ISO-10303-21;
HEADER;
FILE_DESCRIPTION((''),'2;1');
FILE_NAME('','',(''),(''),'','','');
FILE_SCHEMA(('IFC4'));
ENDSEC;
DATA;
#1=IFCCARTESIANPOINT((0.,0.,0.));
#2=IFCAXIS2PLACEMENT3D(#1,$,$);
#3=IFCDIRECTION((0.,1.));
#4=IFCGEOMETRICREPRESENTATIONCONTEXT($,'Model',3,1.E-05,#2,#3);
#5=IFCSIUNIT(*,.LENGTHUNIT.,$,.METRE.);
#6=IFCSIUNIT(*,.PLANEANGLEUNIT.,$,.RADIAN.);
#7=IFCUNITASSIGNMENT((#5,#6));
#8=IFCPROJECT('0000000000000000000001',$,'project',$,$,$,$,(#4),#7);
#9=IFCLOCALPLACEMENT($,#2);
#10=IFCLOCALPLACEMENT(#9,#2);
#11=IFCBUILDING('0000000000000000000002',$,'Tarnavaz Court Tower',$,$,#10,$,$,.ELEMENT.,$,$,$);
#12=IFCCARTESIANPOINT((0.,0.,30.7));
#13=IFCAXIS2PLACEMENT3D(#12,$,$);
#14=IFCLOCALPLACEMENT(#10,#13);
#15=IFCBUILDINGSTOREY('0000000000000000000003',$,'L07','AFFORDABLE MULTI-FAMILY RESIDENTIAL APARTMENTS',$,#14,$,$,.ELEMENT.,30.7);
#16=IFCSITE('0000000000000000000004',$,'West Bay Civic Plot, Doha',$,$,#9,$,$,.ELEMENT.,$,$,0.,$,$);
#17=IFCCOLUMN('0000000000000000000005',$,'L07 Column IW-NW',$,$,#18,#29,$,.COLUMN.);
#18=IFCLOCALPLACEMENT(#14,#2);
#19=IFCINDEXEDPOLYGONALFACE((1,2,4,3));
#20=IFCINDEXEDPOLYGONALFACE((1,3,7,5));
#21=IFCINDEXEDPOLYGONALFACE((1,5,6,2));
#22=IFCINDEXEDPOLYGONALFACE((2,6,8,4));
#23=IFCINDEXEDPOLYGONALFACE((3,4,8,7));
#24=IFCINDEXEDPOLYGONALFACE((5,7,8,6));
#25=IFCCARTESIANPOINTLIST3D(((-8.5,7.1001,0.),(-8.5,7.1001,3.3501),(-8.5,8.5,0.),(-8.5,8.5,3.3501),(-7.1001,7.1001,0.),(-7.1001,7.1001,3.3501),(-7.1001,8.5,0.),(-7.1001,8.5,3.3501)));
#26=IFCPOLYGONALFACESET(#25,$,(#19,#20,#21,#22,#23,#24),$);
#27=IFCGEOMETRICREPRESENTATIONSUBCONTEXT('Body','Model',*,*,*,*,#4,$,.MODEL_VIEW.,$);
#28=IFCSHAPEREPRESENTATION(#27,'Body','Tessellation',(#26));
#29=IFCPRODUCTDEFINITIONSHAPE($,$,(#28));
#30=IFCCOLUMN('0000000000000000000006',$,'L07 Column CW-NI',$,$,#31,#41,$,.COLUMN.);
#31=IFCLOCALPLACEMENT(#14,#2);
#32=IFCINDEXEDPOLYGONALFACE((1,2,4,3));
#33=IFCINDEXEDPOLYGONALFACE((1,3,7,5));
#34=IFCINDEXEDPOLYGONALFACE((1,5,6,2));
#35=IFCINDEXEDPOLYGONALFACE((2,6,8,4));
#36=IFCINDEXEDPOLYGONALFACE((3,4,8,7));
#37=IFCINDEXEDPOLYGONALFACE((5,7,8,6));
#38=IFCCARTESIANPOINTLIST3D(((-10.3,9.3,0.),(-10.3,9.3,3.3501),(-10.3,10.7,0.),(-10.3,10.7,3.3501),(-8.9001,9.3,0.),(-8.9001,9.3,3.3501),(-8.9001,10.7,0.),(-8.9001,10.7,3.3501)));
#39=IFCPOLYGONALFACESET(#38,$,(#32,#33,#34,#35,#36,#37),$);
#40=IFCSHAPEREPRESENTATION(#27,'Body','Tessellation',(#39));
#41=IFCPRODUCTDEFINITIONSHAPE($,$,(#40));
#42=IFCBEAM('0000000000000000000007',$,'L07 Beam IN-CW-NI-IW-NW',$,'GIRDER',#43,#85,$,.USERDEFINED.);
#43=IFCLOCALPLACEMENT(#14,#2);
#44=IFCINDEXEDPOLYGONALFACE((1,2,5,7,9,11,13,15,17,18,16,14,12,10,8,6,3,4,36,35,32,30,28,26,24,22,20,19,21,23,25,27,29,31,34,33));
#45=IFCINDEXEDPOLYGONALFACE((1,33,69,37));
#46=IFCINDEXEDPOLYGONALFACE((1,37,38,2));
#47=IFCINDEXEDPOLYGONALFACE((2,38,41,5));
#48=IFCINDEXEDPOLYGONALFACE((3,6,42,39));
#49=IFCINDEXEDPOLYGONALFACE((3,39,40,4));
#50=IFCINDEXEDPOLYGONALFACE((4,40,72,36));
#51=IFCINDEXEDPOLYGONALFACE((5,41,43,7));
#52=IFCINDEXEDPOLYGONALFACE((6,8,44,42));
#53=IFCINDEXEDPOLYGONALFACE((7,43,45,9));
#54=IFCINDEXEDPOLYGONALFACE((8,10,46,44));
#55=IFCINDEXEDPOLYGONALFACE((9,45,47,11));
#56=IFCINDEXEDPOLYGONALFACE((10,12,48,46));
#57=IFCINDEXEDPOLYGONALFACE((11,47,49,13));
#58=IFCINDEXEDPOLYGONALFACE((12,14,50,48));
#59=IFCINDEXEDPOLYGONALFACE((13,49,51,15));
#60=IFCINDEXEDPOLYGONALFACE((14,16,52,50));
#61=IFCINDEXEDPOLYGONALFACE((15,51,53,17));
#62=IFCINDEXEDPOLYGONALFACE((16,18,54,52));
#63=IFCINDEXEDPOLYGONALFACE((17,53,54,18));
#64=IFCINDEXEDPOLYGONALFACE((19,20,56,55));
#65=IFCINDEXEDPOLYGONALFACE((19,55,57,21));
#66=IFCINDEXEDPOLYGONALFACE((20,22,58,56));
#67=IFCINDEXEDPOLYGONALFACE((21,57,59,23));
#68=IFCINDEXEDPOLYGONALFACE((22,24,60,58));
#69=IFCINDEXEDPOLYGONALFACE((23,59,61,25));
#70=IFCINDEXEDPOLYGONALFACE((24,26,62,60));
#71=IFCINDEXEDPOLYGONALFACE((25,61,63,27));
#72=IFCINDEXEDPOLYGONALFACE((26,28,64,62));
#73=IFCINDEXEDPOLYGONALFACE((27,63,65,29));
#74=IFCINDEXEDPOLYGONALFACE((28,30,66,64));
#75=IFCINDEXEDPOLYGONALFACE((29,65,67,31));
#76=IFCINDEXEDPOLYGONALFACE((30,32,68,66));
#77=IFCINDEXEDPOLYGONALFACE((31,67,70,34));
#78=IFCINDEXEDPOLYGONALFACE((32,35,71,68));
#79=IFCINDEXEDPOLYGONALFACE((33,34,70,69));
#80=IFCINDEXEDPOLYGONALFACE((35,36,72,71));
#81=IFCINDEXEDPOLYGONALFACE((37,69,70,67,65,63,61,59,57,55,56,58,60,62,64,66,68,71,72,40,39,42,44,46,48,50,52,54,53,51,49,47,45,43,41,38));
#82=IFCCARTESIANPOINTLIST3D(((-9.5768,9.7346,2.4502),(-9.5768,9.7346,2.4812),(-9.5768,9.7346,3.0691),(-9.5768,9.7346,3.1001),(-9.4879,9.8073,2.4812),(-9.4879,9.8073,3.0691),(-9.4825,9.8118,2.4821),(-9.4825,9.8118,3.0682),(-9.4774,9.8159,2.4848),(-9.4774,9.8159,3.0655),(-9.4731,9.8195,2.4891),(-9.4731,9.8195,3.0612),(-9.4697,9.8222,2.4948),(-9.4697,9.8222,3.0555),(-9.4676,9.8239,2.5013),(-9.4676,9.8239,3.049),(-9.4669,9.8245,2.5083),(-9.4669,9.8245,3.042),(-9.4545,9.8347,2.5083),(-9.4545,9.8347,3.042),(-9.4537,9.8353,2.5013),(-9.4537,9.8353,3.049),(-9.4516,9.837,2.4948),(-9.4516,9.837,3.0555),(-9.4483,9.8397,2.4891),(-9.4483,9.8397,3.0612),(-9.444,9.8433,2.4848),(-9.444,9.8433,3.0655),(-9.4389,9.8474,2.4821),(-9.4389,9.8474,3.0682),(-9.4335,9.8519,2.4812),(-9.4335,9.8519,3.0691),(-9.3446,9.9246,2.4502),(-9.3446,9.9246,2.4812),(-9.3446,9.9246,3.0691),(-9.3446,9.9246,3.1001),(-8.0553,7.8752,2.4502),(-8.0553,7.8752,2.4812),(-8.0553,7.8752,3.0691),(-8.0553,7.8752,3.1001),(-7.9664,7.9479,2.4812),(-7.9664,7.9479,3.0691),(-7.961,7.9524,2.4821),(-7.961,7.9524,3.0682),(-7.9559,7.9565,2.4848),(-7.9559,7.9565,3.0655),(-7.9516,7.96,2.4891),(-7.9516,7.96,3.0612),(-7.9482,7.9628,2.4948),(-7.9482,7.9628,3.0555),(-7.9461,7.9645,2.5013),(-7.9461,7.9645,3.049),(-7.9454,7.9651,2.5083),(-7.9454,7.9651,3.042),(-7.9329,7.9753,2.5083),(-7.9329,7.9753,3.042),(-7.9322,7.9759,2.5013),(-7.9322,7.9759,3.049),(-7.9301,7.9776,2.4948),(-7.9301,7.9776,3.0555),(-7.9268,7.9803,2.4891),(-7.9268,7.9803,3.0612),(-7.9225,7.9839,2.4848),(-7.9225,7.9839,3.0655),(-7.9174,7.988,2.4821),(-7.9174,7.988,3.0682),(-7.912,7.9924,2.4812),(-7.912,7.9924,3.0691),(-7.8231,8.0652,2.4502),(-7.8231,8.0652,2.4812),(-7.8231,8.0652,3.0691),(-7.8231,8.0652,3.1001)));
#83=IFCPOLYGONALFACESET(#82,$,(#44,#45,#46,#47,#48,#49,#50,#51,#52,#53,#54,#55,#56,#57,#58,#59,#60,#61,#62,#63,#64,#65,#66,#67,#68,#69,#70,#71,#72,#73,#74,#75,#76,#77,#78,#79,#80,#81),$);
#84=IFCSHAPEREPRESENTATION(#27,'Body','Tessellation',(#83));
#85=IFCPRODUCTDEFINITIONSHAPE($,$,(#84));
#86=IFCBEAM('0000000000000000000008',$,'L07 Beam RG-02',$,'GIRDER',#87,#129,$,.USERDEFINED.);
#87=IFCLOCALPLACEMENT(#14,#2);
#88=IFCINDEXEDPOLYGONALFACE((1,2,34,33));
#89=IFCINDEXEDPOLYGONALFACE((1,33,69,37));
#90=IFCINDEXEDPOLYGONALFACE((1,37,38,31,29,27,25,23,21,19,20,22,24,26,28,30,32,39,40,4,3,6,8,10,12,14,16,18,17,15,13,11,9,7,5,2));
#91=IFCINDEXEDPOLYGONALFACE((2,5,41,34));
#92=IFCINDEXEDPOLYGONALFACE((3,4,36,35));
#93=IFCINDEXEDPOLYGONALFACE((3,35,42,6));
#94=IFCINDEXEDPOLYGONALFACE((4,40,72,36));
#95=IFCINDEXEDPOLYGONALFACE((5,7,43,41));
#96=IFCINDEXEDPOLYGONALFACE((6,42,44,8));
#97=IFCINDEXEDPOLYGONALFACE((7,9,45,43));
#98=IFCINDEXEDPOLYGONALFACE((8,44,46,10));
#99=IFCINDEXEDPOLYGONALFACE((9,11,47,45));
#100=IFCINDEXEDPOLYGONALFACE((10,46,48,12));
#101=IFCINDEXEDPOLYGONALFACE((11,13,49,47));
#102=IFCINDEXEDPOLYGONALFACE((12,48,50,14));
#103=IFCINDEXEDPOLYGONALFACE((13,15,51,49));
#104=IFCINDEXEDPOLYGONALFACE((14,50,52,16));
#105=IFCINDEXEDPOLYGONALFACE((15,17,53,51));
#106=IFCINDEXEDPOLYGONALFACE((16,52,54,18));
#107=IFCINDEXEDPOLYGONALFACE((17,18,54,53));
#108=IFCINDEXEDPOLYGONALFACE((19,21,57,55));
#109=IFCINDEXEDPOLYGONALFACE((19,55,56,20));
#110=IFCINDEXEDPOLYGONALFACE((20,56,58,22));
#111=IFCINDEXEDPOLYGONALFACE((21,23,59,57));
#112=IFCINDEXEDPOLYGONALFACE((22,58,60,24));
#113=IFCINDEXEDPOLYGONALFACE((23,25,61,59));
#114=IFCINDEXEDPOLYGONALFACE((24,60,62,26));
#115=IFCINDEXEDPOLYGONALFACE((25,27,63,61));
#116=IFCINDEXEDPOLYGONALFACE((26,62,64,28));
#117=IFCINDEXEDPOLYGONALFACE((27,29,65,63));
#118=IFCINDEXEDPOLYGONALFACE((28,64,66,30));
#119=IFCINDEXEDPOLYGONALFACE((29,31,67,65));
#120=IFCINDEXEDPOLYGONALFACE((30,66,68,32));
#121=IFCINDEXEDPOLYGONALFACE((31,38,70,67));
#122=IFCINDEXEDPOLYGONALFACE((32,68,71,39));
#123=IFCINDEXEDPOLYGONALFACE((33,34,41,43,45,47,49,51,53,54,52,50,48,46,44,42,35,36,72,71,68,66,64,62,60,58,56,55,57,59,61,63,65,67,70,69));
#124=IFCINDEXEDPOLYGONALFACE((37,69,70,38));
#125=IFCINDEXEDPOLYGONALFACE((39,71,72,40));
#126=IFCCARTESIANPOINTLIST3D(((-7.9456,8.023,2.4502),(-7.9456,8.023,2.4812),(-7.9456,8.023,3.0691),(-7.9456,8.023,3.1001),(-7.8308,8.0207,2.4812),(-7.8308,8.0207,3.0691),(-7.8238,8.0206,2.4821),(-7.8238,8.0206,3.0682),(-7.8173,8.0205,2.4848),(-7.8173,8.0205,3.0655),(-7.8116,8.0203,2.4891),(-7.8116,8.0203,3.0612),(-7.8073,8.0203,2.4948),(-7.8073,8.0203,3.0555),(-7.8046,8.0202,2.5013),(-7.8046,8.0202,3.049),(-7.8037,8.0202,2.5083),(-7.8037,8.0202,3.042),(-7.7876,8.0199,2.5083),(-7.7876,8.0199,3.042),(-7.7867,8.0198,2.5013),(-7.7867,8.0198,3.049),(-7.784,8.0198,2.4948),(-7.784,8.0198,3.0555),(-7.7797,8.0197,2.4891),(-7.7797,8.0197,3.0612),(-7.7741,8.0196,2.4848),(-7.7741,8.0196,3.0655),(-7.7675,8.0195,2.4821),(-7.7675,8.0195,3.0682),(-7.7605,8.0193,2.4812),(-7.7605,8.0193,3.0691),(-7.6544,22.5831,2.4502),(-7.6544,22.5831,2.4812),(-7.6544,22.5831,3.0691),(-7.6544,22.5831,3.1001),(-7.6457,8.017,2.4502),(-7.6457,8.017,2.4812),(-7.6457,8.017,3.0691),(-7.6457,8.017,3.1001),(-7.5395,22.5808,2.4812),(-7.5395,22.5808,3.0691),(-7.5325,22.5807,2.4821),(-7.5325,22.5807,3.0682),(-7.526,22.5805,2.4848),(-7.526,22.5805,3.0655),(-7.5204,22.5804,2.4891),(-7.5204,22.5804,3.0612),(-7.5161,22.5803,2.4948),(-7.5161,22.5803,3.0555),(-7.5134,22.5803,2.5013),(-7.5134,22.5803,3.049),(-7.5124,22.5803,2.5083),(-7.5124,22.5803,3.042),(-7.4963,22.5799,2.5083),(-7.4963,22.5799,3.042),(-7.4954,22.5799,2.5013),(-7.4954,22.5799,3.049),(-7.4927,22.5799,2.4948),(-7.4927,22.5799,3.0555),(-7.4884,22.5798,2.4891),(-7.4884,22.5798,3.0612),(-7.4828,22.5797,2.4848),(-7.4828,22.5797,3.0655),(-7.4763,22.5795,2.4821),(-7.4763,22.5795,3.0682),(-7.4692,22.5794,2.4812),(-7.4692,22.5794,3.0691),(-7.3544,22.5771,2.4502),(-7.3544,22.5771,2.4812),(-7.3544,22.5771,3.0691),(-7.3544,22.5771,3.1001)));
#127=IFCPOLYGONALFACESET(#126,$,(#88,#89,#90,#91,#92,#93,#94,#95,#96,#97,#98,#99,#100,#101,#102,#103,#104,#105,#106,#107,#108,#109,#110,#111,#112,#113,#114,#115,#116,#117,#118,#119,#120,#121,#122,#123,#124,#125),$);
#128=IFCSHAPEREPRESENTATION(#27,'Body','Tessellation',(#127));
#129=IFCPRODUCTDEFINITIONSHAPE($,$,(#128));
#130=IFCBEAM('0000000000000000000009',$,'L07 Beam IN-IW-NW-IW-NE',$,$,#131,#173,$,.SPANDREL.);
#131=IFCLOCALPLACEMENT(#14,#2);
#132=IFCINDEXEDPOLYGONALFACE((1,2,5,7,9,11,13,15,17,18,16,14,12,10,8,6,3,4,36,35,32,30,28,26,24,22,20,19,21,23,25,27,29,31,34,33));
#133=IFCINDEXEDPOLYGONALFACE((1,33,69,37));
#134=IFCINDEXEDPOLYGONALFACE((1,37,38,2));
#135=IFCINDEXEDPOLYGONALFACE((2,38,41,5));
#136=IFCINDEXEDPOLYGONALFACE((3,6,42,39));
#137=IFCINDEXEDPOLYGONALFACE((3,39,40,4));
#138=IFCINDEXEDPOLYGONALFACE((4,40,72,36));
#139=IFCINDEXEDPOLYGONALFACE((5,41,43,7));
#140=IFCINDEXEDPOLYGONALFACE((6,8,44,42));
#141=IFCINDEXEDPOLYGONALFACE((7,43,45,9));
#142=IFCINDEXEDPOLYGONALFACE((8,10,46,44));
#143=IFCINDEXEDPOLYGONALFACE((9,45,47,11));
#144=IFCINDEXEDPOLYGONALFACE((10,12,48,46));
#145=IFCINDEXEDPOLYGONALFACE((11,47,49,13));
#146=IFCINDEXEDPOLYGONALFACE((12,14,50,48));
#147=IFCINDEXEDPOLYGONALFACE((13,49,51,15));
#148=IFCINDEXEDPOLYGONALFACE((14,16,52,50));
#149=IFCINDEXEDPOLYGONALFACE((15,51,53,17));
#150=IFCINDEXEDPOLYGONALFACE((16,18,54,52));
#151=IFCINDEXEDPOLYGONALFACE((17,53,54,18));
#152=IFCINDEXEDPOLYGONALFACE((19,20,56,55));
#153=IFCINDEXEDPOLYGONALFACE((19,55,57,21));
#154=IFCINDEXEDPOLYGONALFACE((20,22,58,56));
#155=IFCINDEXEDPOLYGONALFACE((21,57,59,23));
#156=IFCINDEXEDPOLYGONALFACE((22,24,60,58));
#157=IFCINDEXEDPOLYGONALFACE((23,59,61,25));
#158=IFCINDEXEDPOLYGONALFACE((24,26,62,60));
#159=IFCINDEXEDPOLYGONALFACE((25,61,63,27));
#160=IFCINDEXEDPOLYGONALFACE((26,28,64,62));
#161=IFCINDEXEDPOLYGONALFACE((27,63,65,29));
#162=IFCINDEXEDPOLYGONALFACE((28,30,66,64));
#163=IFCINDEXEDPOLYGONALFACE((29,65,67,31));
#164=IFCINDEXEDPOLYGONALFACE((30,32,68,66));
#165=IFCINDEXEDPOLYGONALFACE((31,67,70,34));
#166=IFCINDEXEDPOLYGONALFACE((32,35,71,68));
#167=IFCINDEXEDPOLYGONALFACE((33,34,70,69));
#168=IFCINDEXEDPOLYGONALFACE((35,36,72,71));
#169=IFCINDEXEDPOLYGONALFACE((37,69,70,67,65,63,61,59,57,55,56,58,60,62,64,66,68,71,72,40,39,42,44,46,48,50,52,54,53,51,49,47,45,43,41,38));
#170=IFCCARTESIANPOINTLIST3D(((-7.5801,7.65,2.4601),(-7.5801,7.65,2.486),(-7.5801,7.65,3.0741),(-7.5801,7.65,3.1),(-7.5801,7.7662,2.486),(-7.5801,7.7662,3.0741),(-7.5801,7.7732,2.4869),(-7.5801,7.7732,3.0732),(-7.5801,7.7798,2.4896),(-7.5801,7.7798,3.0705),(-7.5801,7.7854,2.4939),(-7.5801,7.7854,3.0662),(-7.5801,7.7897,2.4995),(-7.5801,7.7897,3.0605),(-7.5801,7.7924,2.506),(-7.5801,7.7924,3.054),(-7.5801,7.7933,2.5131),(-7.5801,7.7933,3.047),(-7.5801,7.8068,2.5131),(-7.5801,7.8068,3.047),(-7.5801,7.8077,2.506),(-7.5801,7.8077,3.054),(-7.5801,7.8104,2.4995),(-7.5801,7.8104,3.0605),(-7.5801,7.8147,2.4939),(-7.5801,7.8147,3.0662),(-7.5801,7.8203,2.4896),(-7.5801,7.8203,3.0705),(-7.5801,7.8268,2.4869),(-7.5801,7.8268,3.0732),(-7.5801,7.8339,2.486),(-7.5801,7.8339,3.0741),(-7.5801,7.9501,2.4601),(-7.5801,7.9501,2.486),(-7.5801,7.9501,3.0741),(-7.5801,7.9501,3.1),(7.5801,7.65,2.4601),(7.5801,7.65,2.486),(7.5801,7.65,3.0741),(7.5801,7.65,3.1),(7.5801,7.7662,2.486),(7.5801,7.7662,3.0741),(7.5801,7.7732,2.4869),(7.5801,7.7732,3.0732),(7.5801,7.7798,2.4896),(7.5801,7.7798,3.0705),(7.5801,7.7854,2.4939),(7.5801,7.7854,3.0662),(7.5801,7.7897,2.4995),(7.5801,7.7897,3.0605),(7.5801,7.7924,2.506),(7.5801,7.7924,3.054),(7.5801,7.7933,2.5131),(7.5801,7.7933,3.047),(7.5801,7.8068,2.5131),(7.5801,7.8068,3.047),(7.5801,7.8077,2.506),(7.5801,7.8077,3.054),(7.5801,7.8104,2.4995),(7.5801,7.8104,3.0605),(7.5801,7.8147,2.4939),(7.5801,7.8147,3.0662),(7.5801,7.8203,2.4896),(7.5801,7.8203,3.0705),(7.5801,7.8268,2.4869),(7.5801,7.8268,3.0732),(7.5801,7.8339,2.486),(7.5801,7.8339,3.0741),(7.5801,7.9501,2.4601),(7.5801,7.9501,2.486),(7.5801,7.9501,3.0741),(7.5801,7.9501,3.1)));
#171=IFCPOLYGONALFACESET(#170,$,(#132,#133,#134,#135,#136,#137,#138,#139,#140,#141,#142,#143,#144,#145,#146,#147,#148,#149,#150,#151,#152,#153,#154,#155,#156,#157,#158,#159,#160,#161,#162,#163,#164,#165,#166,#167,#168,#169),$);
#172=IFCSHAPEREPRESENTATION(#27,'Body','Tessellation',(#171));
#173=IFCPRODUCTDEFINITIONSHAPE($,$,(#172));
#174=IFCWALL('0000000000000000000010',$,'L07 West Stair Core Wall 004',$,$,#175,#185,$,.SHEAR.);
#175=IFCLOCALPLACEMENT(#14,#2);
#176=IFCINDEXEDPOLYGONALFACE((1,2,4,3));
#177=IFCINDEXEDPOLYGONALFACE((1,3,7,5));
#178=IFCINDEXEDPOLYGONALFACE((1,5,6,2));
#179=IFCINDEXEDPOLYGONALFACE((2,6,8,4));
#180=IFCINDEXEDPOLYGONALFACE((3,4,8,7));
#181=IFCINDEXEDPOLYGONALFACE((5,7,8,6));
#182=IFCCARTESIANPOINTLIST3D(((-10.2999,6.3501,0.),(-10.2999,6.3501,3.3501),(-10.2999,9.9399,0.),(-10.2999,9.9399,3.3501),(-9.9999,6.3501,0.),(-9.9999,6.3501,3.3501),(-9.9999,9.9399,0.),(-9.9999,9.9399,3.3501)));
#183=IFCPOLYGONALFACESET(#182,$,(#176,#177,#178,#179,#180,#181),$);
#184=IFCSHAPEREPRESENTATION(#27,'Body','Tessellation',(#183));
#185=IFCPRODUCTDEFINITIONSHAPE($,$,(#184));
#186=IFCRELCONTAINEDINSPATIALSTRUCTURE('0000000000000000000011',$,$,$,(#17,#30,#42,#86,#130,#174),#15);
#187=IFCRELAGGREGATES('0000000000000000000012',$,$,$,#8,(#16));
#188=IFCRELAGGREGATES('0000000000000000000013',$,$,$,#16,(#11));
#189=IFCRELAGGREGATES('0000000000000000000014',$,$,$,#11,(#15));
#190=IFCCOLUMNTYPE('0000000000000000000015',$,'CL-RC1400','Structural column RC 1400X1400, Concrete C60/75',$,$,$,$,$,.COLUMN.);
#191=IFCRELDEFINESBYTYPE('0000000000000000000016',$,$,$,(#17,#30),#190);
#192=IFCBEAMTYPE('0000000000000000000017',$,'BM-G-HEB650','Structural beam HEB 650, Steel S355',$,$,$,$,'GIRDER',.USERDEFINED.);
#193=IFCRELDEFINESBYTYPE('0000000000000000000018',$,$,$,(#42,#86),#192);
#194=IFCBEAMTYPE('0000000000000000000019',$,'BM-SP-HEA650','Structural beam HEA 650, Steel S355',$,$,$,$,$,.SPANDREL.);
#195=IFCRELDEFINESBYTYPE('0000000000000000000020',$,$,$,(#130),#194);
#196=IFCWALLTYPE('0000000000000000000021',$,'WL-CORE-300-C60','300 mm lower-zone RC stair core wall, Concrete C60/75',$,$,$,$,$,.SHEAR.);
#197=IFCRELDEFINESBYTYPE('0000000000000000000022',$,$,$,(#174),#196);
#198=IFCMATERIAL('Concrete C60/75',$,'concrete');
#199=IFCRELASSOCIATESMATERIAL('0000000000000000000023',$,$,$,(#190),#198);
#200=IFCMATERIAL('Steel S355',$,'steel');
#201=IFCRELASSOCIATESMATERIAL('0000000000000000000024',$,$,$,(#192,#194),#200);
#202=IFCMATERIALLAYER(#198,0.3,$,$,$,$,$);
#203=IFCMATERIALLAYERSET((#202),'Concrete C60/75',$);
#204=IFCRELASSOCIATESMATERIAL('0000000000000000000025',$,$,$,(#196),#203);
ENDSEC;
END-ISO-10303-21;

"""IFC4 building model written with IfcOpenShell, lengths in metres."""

from ifc_helpers import new_model, si_unit, direction, frame, frame_2d, origin, origin_2d, place, context, subcontext, project, spatial, rectangle, i_section, extrude, material, layer, layer_set, material_profile, profile_set, type_object, element, save


model = new_model("IFC4")

# Units and contexts
model_context = context("Model", 3, precision=1e-05, world=origin(), true_north=direction((0.0, 1.0)))
body_context = subcontext(model_context, "Body", "Model", "MODEL_VIEW")
ifc_project = project(units=[si_unit("LENGTHUNIT", "METRE"), si_unit("PLANEANGLEUNIT", "RADIAN")], contexts=[model_context])

# Site, building, storey
site_placement = place(None, origin())
site = spatial("IfcSite", under=ifc_project, at=site_placement, Name="West Bay Civic Plot, Doha", CompositionType="ELEMENT", RefElevation=0.0)
building_placement = place(site_placement, origin())
building = spatial("IfcBuilding", under=site, at=building_placement, Name="Tarnavaz Court Tower", CompositionType="ELEMENT")
storey_placement = place(building_placement, frame((0.0, 0.0, 30.7)))
storey = spatial("IfcBuildingStorey", under=building, at=storey_placement, Name="L07", Description="AFFORDABLE MULTI-FAMILY RESIDENTIAL APARTMENTS", CompositionType="ELEMENT", Elevation=30.7)

# Columns
ifc_material_1 = material(Name="Concrete C60/75", Category="concrete")
ifc_material_profile_1 = material_profile(ifc_material_1, rectangle(XDim=1.3999, YDim=1.3999, at=origin_2d()), Name="RC 1400X1400")
ifc_profile_set_1 = profile_set([ifc_material_profile_1], Name="Concrete C60/75")
column_type = type_object("IfcColumnType", Name="CL-RC1400", Description="Structural column RC 1400X1400, Concrete C60/75", PredefinedType="COLUMN", material=ifc_profile_set_1)
for number, where, z_axis, x_axis, name in (
    (1, (-7.8, 7.8, 0.0), (0.0, 0.0, 1.0), (1.0, 0.0, 0.0), "L07 Column IW-NW"),
    (2, (-9.6001, 10.0, 0.0), (0.0, 0.0, 1.0), (1.0, 0.0, 0.0), "L07 Column CW-NI"),
):
    element("IfcColumn", number, at=place(storey_placement, frame(where, z_axis=z_axis, x_axis=x_axis)), inside=storey, type_object=column_type, Name=name, PredefinedType="COLUMN", context=body_context, shape_type="SweptSolid", body=[
        extrude(rectangle(XDim=1.3999, YDim=1.3999, at=origin_2d()), origin(), (0.0, 0.0, 1.0), 3.3501),
    ])

# Beams
ifc_material_2 = material(Name="Steel S355", Category="steel")
ifc_material_profile_2 = material_profile(ifc_material_2, i_section(OverallWidth=0.3, OverallDepth=0.6499, WebThickness=0.0161, FlangeThickness=0.031, FilletRadius=0.0271, at=origin_2d()), Name="HEB 650")
ifc_profile_set_2 = profile_set([ifc_material_profile_2], Name="Steel S355")
beam_type_1 = type_object("IfcBeamType", Name="BM-G-HEB650", Description="Structural beam HEB 650, Steel S355", ElementType="GIRDER", PredefinedType="USERDEFINED", material=ifc_profile_set_2)
beam_1_placement = place(storey_placement, frame((-9.4607, 9.8296, 2.7751), z_axis=(0.633282, -0.773921, 0.0), x_axis=(0.773921, 0.633282, 0.0)))
element("IfcBeam", 3, at=beam_1_placement, inside=storey, type_object=beam_type_1, Name="L07 Beam IN-CW-NI-IW-NW", ObjectType="GIRDER", PredefinedType="USERDEFINED", context=body_context, shape_type="SweptSolid", body=[
    extrude(i_section(OverallWidth=0.3, OverallDepth=0.6499, WebThickness=0.0161, FlangeThickness=0.031, FilletRadius=0.0271, at=origin_2d()), origin(), (0.0, 0.0, 1.0), 2.4026),
])
beam_2_placement = place(storey_placement, frame((-7.7957, 8.02, 2.7751), z_axis=(0.02, 0.9998, 0.0), x_axis=(-0.9998, 0.02, 0.0)))
element("IfcBeam", 4, at=beam_2_placement, inside=storey, type_object=beam_type_1, Name="L07 Beam RG-02", ObjectType="GIRDER", PredefinedType="USERDEFINED", context=body_context, shape_type="SweptSolid", body=[
    extrude(i_section(OverallWidth=0.3, OverallDepth=0.6499, WebThickness=0.0161, FlangeThickness=0.031, FilletRadius=0.0271, at=origin_2d()), origin(), (0.0, 0.0, 1.0), 14.563),
])
ifc_material_profile_3 = material_profile(ifc_material_2, i_section(OverallWidth=0.3, OverallDepth=0.6399, WebThickness=0.0134, FlangeThickness=0.0259, FilletRadius=0.0271, at=origin_2d()), Name="HEA 650")
ifc_profile_set_3 = profile_set([ifc_material_profile_3], Name="Steel S355")
beam_type_2 = type_object("IfcBeamType", Name="BM-SP-HEA650", Description="Structural beam HEA 650, Steel S355", PredefinedType="SPANDREL", material=ifc_profile_set_3)
beam_3_placement = place(storey_placement, frame((-7.5801, 7.8, 2.78), z_axis=(1.0, 0.0, 0.0), x_axis=(0.0, 1.0, 0.0)))
element("IfcBeam", 5, at=beam_3_placement, inside=storey, type_object=beam_type_2, Name="L07 Beam IN-IW-NW-IW-NE", PredefinedType="SPANDREL", context=body_context, shape_type="SweptSolid", body=[
    extrude(i_section(OverallWidth=0.3, OverallDepth=0.6399, WebThickness=0.0134, FlangeThickness=0.0259, FilletRadius=0.0271, at=origin_2d()), origin(), (0.0, 0.0, 1.0), 15.1602),
])

# Wall
ifc_layer_1 = layer(ifc_material_1, 0.3)
ifc_layer_set_1 = layer_set([ifc_layer_1], Name="Concrete C60/75")
wall_type_1 = type_object("IfcWallType", Name="WL-CORE-300-C60", Description="300 mm lower-zone RC stair core wall, Concrete C60/75", PredefinedType="SHEAR", material=ifc_layer_set_1)
wall_1_placement = place(storey_placement, frame((-10.1499, 6.3501, 0.0), z_axis=(0.0, 0.0, 1.0), x_axis=(0.0, 1.0, 0.0)))
element("IfcWall", 6, at=wall_1_placement, inside=storey, type_object=wall_type_1, Name="L07 West Stair Core Wall 004", PredefinedType="SHEAR", context=body_context, shape_type="SweptSolid", body=[
    extrude(rectangle(XDim=3.5898, YDim=0.3, at=frame_2d((1.7949, 0.0))), origin(), (0.0, 0.0, 1.0), 3.3501),
])

save(model, "model.ifc")
